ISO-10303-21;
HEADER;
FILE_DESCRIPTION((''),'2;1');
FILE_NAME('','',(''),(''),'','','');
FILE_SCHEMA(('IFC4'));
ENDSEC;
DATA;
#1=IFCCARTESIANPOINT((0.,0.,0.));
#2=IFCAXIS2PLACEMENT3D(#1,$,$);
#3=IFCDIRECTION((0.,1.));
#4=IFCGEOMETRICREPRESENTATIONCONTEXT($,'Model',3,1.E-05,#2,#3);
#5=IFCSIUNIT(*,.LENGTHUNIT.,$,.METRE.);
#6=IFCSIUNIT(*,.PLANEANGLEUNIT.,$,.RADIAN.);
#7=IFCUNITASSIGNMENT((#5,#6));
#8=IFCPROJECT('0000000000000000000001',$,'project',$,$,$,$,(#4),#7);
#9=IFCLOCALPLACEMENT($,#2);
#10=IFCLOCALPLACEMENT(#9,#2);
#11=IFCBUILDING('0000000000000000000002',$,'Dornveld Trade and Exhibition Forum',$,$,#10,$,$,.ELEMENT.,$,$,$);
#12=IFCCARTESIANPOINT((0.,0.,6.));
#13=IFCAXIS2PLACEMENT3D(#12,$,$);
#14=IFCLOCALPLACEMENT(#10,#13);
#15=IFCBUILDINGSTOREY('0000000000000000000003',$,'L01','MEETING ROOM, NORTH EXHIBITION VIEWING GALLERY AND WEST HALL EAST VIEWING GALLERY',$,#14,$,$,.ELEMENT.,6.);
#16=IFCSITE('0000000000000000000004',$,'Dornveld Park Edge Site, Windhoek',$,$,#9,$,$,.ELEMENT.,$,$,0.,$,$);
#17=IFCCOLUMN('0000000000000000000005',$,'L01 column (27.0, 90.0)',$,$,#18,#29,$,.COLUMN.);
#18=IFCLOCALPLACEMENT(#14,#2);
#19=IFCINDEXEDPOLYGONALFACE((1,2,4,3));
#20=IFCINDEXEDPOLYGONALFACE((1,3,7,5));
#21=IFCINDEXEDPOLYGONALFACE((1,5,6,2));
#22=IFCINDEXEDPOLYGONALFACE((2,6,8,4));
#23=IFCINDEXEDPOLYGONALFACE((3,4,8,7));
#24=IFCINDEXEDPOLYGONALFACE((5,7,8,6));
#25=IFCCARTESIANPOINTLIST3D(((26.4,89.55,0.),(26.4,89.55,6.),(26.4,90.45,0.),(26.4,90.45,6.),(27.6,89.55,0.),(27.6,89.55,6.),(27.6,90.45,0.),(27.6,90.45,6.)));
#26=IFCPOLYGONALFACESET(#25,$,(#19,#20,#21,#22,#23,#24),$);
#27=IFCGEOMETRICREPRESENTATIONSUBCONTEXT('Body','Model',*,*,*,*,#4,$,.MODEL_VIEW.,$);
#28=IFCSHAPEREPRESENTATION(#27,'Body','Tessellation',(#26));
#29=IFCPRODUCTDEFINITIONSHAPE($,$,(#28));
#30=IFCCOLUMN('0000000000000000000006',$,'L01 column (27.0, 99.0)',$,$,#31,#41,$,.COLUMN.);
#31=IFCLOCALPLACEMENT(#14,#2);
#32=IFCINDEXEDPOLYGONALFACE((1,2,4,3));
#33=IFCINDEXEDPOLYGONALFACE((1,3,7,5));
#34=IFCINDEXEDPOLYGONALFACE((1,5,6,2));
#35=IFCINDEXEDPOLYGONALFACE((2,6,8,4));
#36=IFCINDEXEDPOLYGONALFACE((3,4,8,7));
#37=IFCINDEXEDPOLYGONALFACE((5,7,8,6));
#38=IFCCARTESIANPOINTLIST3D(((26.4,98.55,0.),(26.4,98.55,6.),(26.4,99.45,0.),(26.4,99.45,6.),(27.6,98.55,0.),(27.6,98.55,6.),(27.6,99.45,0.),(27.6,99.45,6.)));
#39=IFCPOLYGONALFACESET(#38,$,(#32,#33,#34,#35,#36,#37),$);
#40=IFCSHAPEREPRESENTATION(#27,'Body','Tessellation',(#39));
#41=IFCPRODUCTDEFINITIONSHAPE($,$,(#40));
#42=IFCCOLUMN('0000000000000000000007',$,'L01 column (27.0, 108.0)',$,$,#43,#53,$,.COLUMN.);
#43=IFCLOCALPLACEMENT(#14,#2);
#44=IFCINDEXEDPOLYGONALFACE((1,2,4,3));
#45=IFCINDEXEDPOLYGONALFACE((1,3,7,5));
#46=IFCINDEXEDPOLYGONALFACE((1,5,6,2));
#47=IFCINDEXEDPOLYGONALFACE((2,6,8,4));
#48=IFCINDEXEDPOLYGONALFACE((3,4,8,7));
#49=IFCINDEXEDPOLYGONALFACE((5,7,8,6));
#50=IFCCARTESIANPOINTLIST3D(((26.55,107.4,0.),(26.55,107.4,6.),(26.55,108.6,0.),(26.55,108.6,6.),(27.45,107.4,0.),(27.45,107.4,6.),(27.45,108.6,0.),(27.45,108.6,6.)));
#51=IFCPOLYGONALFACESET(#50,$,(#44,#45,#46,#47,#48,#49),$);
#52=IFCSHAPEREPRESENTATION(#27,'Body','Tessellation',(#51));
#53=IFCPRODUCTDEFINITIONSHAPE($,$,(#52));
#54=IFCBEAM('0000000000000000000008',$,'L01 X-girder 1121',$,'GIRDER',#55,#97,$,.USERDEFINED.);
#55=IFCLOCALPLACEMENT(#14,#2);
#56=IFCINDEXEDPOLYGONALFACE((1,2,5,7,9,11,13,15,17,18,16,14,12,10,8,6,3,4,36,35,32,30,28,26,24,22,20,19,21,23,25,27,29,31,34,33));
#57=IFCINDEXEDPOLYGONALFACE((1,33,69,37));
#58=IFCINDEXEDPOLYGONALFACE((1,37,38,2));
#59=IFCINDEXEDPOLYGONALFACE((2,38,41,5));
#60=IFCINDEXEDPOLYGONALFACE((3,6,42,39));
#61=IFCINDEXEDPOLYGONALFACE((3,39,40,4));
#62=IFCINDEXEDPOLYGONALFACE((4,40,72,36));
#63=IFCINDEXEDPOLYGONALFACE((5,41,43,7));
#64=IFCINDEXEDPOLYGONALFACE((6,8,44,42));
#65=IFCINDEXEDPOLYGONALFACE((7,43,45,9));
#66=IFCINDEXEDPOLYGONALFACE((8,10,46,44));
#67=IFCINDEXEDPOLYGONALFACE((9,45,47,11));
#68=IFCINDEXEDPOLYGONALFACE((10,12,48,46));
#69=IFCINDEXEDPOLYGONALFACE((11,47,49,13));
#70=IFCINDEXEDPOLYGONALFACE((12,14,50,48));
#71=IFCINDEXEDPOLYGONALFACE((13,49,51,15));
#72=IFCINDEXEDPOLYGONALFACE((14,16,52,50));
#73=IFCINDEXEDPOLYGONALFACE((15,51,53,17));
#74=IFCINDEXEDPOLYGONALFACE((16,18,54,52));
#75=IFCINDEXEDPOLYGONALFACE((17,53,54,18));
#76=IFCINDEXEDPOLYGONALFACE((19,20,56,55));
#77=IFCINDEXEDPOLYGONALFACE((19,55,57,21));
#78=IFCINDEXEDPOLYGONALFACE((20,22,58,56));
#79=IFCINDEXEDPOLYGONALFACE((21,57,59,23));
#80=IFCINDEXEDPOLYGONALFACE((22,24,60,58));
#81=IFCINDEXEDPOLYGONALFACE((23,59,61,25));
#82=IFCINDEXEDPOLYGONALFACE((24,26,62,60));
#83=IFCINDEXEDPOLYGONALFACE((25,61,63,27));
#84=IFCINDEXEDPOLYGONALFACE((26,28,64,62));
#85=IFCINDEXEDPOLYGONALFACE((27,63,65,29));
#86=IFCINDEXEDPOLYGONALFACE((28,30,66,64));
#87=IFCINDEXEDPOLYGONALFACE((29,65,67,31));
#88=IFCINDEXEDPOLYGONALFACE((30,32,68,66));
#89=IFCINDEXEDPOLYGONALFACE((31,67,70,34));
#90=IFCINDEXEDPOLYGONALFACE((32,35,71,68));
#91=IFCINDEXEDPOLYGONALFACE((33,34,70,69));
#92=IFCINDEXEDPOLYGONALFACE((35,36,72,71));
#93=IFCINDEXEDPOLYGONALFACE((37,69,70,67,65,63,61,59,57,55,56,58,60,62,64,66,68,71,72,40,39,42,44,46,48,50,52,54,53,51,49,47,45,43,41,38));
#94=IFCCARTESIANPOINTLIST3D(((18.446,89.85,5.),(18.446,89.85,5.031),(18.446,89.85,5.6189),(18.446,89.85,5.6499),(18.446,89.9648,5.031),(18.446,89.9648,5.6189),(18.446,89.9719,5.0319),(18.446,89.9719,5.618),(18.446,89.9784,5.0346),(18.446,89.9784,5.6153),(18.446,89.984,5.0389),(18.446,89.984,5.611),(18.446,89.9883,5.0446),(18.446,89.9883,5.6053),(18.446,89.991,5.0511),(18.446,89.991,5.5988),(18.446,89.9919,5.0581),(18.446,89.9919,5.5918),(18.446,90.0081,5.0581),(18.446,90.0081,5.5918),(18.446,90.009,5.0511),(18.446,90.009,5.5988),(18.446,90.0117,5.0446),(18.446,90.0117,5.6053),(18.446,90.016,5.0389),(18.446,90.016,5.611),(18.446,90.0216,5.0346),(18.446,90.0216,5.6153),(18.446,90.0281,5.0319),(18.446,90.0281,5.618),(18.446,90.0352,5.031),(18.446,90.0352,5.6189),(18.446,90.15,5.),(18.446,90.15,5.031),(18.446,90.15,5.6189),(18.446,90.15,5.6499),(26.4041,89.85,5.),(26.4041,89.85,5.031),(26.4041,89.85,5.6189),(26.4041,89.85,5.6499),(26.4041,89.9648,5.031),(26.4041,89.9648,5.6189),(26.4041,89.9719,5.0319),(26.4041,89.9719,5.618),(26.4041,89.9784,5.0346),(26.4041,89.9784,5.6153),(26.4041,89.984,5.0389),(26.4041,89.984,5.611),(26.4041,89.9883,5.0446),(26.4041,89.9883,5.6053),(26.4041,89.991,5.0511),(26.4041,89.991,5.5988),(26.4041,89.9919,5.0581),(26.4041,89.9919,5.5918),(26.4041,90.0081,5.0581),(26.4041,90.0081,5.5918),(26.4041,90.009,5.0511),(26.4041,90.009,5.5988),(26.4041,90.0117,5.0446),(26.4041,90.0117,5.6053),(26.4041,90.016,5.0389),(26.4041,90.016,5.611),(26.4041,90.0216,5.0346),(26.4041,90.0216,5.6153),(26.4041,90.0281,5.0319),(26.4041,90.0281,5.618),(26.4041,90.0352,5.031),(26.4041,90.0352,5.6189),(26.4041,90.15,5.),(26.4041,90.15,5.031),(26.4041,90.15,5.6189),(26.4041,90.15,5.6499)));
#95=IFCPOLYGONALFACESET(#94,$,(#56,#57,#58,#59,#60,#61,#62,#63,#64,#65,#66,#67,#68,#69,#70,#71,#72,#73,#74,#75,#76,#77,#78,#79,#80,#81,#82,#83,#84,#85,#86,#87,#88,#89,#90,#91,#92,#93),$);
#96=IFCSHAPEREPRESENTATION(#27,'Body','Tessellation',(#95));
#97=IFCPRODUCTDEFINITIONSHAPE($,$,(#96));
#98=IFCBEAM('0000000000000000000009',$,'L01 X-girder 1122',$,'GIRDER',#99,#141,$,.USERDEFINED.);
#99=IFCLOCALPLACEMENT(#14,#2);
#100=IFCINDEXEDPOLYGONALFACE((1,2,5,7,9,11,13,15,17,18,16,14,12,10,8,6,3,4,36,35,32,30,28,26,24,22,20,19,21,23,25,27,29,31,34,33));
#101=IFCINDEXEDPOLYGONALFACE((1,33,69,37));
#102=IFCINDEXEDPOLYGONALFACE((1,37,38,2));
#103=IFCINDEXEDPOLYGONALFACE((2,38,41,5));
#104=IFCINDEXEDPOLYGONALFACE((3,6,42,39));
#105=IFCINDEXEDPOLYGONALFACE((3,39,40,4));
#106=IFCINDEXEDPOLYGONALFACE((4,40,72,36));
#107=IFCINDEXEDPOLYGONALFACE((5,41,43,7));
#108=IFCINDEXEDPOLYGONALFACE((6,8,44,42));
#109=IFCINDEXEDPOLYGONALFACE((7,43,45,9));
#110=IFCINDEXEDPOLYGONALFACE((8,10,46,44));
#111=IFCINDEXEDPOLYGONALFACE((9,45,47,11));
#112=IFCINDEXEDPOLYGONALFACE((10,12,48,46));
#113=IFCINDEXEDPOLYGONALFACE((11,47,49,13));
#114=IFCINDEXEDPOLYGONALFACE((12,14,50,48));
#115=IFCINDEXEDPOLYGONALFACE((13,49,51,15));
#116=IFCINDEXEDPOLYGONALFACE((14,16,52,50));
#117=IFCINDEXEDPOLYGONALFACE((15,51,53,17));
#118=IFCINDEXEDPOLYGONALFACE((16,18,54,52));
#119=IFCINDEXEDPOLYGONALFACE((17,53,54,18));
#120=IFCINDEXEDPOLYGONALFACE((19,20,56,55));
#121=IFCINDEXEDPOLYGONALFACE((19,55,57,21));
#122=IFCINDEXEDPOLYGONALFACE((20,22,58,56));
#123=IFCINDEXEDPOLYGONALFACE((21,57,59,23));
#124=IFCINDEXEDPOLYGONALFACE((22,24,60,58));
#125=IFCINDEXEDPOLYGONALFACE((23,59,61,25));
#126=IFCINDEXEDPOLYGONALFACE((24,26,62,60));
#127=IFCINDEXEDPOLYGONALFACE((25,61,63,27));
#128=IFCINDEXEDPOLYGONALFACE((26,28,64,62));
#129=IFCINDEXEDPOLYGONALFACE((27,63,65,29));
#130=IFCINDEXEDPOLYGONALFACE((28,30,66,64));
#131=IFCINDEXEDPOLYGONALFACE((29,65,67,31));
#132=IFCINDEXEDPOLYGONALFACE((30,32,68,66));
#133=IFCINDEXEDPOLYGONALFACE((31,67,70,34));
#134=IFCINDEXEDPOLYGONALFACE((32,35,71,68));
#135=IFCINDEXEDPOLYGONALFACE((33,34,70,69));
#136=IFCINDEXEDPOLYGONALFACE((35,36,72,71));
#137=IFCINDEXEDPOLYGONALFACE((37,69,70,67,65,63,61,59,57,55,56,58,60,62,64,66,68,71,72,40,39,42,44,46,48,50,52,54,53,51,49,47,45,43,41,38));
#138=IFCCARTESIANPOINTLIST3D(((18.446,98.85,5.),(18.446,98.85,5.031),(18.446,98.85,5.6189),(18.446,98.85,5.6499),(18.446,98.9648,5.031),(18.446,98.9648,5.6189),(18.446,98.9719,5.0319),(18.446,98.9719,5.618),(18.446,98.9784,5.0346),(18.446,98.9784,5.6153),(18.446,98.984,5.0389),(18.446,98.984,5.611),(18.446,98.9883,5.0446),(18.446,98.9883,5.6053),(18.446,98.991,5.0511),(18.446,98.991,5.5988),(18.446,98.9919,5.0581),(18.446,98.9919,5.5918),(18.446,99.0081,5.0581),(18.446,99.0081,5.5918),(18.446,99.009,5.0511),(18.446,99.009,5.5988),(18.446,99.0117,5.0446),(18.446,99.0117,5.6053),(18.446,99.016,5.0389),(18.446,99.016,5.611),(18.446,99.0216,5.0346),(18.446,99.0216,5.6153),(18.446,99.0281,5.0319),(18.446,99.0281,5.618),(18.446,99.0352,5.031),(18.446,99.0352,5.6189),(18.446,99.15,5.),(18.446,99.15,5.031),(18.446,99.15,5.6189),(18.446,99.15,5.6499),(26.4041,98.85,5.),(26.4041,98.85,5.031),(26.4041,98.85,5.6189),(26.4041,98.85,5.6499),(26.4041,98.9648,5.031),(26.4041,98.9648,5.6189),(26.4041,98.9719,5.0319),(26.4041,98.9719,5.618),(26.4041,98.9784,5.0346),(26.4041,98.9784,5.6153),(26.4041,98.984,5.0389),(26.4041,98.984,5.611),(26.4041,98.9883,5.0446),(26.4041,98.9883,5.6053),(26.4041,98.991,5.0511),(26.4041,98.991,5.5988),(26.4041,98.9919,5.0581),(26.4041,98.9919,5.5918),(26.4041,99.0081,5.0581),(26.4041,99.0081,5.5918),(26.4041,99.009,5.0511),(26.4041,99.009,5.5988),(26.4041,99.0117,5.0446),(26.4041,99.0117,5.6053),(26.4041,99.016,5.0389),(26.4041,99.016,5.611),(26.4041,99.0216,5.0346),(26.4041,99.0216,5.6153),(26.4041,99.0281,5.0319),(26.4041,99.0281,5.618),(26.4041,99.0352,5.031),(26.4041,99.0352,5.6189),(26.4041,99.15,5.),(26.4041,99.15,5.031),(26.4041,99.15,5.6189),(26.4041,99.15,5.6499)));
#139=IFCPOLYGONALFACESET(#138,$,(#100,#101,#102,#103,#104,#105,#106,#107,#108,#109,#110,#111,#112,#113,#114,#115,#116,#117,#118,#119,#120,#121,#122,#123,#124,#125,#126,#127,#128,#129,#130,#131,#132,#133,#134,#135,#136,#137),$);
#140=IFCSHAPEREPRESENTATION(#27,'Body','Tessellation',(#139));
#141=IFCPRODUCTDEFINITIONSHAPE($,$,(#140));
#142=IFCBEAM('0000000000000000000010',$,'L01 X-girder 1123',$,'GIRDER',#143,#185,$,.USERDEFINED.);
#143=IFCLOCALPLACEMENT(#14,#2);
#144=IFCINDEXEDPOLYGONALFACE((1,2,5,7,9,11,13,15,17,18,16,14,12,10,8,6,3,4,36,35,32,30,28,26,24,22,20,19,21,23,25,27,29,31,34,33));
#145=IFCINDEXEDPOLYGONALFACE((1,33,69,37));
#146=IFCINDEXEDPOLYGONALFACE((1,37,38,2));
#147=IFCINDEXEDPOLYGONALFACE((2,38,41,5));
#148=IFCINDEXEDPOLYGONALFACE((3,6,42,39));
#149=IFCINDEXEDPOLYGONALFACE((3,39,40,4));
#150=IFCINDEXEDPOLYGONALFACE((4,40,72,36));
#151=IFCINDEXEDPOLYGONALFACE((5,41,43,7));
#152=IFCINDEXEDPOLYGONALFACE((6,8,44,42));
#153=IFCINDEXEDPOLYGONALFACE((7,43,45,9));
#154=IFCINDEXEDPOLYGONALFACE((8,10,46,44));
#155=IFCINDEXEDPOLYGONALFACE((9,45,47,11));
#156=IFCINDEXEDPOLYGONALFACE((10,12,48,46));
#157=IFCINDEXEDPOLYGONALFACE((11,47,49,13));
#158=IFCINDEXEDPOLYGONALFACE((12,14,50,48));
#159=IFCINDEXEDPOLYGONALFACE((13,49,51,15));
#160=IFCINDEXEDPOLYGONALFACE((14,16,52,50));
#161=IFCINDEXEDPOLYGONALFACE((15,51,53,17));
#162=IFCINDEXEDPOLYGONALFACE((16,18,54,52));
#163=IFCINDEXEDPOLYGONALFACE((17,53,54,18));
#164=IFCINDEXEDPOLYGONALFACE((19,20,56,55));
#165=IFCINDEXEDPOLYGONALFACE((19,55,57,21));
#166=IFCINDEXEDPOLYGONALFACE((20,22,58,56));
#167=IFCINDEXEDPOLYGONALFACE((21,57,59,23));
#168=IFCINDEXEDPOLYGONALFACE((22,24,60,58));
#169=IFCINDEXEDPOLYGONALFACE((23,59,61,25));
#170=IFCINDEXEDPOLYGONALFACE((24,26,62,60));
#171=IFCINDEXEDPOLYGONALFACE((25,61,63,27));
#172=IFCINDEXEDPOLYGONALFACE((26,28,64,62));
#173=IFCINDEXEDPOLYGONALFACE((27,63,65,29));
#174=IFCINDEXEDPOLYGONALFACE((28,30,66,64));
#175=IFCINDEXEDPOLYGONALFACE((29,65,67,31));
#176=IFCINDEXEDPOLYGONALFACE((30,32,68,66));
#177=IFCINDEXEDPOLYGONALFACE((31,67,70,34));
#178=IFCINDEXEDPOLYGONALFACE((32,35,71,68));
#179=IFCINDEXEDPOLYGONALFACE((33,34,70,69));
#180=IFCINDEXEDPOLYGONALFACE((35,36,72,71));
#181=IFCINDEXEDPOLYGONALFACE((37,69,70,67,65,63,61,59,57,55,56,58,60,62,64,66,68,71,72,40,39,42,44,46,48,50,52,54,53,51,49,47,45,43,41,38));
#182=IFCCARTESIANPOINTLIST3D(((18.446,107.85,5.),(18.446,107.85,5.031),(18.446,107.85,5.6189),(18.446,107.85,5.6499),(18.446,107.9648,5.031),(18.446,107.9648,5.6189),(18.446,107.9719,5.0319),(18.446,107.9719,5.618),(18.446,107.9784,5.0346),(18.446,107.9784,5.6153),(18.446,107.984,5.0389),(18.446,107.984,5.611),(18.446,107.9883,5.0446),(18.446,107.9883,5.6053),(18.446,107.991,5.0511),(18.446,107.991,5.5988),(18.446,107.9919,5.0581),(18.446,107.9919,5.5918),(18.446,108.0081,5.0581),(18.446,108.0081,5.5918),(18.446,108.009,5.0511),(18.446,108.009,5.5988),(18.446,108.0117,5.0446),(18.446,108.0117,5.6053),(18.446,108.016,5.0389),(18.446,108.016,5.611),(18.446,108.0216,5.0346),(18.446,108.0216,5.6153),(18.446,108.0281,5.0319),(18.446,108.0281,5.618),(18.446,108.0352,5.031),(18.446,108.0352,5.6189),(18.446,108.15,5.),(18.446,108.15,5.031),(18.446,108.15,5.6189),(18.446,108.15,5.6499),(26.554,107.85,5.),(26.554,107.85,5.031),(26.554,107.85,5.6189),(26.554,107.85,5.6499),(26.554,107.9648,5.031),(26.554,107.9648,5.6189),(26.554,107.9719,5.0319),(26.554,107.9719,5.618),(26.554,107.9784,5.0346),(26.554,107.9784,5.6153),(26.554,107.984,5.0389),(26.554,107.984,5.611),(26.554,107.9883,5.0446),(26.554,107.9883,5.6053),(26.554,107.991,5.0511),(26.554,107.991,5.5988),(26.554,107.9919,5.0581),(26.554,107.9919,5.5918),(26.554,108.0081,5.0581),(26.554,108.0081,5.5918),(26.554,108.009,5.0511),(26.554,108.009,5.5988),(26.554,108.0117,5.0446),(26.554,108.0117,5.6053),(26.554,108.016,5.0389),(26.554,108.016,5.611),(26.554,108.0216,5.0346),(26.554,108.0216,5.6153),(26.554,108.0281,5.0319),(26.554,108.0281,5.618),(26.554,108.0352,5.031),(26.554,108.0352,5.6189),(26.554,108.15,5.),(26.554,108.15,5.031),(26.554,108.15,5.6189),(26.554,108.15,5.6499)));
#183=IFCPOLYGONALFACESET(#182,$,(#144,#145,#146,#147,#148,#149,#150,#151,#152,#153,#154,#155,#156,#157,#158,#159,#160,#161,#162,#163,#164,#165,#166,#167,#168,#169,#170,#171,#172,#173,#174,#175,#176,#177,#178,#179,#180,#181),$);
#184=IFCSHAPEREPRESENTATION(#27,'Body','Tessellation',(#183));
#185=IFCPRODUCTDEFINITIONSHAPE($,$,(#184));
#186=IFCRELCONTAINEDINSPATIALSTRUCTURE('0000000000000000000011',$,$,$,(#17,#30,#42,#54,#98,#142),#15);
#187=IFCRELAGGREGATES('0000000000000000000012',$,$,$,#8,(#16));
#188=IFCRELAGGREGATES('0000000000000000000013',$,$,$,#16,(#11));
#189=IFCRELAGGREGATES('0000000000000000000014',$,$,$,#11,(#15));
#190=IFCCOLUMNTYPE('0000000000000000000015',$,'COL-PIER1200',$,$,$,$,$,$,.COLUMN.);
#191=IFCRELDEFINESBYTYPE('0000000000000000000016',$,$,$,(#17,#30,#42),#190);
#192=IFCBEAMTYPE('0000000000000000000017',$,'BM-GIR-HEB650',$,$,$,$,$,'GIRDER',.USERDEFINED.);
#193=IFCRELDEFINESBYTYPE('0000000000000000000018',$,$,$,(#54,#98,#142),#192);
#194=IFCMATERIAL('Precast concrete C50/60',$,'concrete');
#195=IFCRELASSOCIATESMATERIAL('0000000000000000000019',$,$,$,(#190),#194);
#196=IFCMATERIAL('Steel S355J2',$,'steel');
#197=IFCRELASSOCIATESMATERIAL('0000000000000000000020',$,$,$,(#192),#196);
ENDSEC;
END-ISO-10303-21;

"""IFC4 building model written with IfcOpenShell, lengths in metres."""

from ifc_helpers import new_model, si_unit, direction, frame, origin, origin_2d, place, context, subcontext, project, spatial, rectangle, i_section, extrude, material, material_profile, profile_set, type_object, element, save


model = new_model("IFC4")

# Units and contexts
model_context = context("Model", 3, precision=1e-05, world=origin(), true_north=direction((0.0, 1.0)))
body_context = subcontext(model_context, "Body", "Model", "MODEL_VIEW")
ifc_project = project(units=[si_unit("LENGTHUNIT", "METRE"), si_unit("PLANEANGLEUNIT", "RADIAN")], contexts=[model_context])

# Site, building, storey
site_placement = place(None, origin())
site = spatial("IfcSite", under=ifc_project, at=site_placement, Name="Dornveld Park Edge Site, Windhoek", CompositionType="ELEMENT", RefElevation=0.0)
building_placement = place(site_placement, origin())
building = spatial("IfcBuilding", under=site, at=building_placement, Name="Dornveld Trade and Exhibition Forum", CompositionType="ELEMENT")
storey_placement = place(building_placement, frame((0.0, 0.0, 6.0)))
storey = spatial("IfcBuildingStorey", under=building, at=storey_placement, Name="L01", Description="MEETING ROOM, NORTH EXHIBITION VIEWING GALLERY AND WEST HALL EAST VIEWING GALLERY", CompositionType="ELEMENT", Elevation=6.0)

# Columns
ifc_material_1 = material(Name="Precast concrete C50/60", Category="concrete")
ifc_material_profile_1 = material_profile(ifc_material_1, rectangle(XDim=1.2, YDim=0.8999, at=origin_2d()), Name="PC-PIER 1200x900")
ifc_profile_set_1 = profile_set([ifc_material_profile_1], Name="Precast concrete C50/60")
column_type = type_object("IfcColumnType", Name="COL-PIER1200", PredefinedType="COLUMN", material=ifc_profile_set_1)
for number, where, z_axis, x_axis, name in (
    (1, (27.0, 90.0, 0.0), (0.0, 0.0, 1.0), (1.0, 0.0, 0.0), "L01 column (27.0, 90.0)"),
    (2, (27.0, 99.0, 0.0), (0.0, 0.0, 1.0), (1.0, 0.0, 0.0), "L01 column (27.0, 99.0)"),
    (3, (27.0, 108.0, 0.0), (0.0, 0.0, 1.0), (0.0, 1.0, 0.0), "L01 column (27.0, 108.0)"),
):
    element("IfcColumn", number, at=place(storey_placement, frame(where, z_axis=z_axis, x_axis=x_axis)), inside=storey, type_object=column_type, Name=name, PredefinedType="COLUMN", context=body_context, shape_type="SweptSolid", body=[
        extrude(rectangle(XDim=1.2, YDim=0.8999, at=origin_2d()), origin(), (0.0, 0.0, 1.0), 6.0),
    ])

# Beams
ifc_material_2 = material(Name="Steel S355J2", Category="steel")
ifc_material_profile_2 = material_profile(ifc_material_2, i_section(OverallWidth=0.3, OverallDepth=0.6499, WebThickness=0.0161, FlangeThickness=0.031, FilletRadius=0.0271, at=origin_2d()), Name="HEB 650")
ifc_profile_set_2 = profile_set([ifc_material_profile_2], Name="Steel S355J2")
beam_type_1 = type_object("IfcBeamType", Name="BM-GIR-HEB650", ElementType="GIRDER", PredefinedType="USERDEFINED", material=ifc_profile_set_2)
for number, where, z_axis, x_axis, name in (
    (4, (18.446, 90.0, 5.325), (1.0, 0.0, 0.0), (0.0, 1.0, 0.0), "L01 X-girder 1121"),
    (5, (18.446, 99.0, 5.325), (1.0, 0.0, 0.0), (0.0, 1.0, 0.0), "L01 X-girder 1122"),
):
    element("IfcBeam", number, at=place(storey_placement, frame(where, z_axis=z_axis, x_axis=x_axis)), inside=storey, type_object=beam_type_1, Name=name, ObjectType="GIRDER", PredefinedType="USERDEFINED", context=body_context, shape_type="SweptSolid", body=[
        extrude(i_section(OverallWidth=0.3, OverallDepth=0.6499, WebThickness=0.0161, FlangeThickness=0.031, FilletRadius=0.0271, at=origin_2d()), origin(), (0.0, 0.0, 1.0), 7.958),
    ])
for number, where, z_axis, x_axis, name in (
    (6, (18.446, 108.0, 5.325), (1.0, 0.0, 0.0), (0.0, 1.0, 0.0), "L01 X-girder 1123"),
):
    element("IfcBeam", number, at=place(storey_placement, frame(where, z_axis=z_axis, x_axis=x_axis)), inside=storey, type_object=beam_type_1, Name=name, ObjectType="GIRDER", PredefinedType="USERDEFINED", context=body_context, shape_type="SweptSolid", body=[
        extrude(i_section(OverallWidth=0.3, OverallDepth=0.6499, WebThickness=0.0161, FlangeThickness=0.031, FilletRadius=0.0271, at=origin_2d()), origin(), (0.0, 0.0, 1.0), 8.1079),
    ])

save(model, "model.ifc")
